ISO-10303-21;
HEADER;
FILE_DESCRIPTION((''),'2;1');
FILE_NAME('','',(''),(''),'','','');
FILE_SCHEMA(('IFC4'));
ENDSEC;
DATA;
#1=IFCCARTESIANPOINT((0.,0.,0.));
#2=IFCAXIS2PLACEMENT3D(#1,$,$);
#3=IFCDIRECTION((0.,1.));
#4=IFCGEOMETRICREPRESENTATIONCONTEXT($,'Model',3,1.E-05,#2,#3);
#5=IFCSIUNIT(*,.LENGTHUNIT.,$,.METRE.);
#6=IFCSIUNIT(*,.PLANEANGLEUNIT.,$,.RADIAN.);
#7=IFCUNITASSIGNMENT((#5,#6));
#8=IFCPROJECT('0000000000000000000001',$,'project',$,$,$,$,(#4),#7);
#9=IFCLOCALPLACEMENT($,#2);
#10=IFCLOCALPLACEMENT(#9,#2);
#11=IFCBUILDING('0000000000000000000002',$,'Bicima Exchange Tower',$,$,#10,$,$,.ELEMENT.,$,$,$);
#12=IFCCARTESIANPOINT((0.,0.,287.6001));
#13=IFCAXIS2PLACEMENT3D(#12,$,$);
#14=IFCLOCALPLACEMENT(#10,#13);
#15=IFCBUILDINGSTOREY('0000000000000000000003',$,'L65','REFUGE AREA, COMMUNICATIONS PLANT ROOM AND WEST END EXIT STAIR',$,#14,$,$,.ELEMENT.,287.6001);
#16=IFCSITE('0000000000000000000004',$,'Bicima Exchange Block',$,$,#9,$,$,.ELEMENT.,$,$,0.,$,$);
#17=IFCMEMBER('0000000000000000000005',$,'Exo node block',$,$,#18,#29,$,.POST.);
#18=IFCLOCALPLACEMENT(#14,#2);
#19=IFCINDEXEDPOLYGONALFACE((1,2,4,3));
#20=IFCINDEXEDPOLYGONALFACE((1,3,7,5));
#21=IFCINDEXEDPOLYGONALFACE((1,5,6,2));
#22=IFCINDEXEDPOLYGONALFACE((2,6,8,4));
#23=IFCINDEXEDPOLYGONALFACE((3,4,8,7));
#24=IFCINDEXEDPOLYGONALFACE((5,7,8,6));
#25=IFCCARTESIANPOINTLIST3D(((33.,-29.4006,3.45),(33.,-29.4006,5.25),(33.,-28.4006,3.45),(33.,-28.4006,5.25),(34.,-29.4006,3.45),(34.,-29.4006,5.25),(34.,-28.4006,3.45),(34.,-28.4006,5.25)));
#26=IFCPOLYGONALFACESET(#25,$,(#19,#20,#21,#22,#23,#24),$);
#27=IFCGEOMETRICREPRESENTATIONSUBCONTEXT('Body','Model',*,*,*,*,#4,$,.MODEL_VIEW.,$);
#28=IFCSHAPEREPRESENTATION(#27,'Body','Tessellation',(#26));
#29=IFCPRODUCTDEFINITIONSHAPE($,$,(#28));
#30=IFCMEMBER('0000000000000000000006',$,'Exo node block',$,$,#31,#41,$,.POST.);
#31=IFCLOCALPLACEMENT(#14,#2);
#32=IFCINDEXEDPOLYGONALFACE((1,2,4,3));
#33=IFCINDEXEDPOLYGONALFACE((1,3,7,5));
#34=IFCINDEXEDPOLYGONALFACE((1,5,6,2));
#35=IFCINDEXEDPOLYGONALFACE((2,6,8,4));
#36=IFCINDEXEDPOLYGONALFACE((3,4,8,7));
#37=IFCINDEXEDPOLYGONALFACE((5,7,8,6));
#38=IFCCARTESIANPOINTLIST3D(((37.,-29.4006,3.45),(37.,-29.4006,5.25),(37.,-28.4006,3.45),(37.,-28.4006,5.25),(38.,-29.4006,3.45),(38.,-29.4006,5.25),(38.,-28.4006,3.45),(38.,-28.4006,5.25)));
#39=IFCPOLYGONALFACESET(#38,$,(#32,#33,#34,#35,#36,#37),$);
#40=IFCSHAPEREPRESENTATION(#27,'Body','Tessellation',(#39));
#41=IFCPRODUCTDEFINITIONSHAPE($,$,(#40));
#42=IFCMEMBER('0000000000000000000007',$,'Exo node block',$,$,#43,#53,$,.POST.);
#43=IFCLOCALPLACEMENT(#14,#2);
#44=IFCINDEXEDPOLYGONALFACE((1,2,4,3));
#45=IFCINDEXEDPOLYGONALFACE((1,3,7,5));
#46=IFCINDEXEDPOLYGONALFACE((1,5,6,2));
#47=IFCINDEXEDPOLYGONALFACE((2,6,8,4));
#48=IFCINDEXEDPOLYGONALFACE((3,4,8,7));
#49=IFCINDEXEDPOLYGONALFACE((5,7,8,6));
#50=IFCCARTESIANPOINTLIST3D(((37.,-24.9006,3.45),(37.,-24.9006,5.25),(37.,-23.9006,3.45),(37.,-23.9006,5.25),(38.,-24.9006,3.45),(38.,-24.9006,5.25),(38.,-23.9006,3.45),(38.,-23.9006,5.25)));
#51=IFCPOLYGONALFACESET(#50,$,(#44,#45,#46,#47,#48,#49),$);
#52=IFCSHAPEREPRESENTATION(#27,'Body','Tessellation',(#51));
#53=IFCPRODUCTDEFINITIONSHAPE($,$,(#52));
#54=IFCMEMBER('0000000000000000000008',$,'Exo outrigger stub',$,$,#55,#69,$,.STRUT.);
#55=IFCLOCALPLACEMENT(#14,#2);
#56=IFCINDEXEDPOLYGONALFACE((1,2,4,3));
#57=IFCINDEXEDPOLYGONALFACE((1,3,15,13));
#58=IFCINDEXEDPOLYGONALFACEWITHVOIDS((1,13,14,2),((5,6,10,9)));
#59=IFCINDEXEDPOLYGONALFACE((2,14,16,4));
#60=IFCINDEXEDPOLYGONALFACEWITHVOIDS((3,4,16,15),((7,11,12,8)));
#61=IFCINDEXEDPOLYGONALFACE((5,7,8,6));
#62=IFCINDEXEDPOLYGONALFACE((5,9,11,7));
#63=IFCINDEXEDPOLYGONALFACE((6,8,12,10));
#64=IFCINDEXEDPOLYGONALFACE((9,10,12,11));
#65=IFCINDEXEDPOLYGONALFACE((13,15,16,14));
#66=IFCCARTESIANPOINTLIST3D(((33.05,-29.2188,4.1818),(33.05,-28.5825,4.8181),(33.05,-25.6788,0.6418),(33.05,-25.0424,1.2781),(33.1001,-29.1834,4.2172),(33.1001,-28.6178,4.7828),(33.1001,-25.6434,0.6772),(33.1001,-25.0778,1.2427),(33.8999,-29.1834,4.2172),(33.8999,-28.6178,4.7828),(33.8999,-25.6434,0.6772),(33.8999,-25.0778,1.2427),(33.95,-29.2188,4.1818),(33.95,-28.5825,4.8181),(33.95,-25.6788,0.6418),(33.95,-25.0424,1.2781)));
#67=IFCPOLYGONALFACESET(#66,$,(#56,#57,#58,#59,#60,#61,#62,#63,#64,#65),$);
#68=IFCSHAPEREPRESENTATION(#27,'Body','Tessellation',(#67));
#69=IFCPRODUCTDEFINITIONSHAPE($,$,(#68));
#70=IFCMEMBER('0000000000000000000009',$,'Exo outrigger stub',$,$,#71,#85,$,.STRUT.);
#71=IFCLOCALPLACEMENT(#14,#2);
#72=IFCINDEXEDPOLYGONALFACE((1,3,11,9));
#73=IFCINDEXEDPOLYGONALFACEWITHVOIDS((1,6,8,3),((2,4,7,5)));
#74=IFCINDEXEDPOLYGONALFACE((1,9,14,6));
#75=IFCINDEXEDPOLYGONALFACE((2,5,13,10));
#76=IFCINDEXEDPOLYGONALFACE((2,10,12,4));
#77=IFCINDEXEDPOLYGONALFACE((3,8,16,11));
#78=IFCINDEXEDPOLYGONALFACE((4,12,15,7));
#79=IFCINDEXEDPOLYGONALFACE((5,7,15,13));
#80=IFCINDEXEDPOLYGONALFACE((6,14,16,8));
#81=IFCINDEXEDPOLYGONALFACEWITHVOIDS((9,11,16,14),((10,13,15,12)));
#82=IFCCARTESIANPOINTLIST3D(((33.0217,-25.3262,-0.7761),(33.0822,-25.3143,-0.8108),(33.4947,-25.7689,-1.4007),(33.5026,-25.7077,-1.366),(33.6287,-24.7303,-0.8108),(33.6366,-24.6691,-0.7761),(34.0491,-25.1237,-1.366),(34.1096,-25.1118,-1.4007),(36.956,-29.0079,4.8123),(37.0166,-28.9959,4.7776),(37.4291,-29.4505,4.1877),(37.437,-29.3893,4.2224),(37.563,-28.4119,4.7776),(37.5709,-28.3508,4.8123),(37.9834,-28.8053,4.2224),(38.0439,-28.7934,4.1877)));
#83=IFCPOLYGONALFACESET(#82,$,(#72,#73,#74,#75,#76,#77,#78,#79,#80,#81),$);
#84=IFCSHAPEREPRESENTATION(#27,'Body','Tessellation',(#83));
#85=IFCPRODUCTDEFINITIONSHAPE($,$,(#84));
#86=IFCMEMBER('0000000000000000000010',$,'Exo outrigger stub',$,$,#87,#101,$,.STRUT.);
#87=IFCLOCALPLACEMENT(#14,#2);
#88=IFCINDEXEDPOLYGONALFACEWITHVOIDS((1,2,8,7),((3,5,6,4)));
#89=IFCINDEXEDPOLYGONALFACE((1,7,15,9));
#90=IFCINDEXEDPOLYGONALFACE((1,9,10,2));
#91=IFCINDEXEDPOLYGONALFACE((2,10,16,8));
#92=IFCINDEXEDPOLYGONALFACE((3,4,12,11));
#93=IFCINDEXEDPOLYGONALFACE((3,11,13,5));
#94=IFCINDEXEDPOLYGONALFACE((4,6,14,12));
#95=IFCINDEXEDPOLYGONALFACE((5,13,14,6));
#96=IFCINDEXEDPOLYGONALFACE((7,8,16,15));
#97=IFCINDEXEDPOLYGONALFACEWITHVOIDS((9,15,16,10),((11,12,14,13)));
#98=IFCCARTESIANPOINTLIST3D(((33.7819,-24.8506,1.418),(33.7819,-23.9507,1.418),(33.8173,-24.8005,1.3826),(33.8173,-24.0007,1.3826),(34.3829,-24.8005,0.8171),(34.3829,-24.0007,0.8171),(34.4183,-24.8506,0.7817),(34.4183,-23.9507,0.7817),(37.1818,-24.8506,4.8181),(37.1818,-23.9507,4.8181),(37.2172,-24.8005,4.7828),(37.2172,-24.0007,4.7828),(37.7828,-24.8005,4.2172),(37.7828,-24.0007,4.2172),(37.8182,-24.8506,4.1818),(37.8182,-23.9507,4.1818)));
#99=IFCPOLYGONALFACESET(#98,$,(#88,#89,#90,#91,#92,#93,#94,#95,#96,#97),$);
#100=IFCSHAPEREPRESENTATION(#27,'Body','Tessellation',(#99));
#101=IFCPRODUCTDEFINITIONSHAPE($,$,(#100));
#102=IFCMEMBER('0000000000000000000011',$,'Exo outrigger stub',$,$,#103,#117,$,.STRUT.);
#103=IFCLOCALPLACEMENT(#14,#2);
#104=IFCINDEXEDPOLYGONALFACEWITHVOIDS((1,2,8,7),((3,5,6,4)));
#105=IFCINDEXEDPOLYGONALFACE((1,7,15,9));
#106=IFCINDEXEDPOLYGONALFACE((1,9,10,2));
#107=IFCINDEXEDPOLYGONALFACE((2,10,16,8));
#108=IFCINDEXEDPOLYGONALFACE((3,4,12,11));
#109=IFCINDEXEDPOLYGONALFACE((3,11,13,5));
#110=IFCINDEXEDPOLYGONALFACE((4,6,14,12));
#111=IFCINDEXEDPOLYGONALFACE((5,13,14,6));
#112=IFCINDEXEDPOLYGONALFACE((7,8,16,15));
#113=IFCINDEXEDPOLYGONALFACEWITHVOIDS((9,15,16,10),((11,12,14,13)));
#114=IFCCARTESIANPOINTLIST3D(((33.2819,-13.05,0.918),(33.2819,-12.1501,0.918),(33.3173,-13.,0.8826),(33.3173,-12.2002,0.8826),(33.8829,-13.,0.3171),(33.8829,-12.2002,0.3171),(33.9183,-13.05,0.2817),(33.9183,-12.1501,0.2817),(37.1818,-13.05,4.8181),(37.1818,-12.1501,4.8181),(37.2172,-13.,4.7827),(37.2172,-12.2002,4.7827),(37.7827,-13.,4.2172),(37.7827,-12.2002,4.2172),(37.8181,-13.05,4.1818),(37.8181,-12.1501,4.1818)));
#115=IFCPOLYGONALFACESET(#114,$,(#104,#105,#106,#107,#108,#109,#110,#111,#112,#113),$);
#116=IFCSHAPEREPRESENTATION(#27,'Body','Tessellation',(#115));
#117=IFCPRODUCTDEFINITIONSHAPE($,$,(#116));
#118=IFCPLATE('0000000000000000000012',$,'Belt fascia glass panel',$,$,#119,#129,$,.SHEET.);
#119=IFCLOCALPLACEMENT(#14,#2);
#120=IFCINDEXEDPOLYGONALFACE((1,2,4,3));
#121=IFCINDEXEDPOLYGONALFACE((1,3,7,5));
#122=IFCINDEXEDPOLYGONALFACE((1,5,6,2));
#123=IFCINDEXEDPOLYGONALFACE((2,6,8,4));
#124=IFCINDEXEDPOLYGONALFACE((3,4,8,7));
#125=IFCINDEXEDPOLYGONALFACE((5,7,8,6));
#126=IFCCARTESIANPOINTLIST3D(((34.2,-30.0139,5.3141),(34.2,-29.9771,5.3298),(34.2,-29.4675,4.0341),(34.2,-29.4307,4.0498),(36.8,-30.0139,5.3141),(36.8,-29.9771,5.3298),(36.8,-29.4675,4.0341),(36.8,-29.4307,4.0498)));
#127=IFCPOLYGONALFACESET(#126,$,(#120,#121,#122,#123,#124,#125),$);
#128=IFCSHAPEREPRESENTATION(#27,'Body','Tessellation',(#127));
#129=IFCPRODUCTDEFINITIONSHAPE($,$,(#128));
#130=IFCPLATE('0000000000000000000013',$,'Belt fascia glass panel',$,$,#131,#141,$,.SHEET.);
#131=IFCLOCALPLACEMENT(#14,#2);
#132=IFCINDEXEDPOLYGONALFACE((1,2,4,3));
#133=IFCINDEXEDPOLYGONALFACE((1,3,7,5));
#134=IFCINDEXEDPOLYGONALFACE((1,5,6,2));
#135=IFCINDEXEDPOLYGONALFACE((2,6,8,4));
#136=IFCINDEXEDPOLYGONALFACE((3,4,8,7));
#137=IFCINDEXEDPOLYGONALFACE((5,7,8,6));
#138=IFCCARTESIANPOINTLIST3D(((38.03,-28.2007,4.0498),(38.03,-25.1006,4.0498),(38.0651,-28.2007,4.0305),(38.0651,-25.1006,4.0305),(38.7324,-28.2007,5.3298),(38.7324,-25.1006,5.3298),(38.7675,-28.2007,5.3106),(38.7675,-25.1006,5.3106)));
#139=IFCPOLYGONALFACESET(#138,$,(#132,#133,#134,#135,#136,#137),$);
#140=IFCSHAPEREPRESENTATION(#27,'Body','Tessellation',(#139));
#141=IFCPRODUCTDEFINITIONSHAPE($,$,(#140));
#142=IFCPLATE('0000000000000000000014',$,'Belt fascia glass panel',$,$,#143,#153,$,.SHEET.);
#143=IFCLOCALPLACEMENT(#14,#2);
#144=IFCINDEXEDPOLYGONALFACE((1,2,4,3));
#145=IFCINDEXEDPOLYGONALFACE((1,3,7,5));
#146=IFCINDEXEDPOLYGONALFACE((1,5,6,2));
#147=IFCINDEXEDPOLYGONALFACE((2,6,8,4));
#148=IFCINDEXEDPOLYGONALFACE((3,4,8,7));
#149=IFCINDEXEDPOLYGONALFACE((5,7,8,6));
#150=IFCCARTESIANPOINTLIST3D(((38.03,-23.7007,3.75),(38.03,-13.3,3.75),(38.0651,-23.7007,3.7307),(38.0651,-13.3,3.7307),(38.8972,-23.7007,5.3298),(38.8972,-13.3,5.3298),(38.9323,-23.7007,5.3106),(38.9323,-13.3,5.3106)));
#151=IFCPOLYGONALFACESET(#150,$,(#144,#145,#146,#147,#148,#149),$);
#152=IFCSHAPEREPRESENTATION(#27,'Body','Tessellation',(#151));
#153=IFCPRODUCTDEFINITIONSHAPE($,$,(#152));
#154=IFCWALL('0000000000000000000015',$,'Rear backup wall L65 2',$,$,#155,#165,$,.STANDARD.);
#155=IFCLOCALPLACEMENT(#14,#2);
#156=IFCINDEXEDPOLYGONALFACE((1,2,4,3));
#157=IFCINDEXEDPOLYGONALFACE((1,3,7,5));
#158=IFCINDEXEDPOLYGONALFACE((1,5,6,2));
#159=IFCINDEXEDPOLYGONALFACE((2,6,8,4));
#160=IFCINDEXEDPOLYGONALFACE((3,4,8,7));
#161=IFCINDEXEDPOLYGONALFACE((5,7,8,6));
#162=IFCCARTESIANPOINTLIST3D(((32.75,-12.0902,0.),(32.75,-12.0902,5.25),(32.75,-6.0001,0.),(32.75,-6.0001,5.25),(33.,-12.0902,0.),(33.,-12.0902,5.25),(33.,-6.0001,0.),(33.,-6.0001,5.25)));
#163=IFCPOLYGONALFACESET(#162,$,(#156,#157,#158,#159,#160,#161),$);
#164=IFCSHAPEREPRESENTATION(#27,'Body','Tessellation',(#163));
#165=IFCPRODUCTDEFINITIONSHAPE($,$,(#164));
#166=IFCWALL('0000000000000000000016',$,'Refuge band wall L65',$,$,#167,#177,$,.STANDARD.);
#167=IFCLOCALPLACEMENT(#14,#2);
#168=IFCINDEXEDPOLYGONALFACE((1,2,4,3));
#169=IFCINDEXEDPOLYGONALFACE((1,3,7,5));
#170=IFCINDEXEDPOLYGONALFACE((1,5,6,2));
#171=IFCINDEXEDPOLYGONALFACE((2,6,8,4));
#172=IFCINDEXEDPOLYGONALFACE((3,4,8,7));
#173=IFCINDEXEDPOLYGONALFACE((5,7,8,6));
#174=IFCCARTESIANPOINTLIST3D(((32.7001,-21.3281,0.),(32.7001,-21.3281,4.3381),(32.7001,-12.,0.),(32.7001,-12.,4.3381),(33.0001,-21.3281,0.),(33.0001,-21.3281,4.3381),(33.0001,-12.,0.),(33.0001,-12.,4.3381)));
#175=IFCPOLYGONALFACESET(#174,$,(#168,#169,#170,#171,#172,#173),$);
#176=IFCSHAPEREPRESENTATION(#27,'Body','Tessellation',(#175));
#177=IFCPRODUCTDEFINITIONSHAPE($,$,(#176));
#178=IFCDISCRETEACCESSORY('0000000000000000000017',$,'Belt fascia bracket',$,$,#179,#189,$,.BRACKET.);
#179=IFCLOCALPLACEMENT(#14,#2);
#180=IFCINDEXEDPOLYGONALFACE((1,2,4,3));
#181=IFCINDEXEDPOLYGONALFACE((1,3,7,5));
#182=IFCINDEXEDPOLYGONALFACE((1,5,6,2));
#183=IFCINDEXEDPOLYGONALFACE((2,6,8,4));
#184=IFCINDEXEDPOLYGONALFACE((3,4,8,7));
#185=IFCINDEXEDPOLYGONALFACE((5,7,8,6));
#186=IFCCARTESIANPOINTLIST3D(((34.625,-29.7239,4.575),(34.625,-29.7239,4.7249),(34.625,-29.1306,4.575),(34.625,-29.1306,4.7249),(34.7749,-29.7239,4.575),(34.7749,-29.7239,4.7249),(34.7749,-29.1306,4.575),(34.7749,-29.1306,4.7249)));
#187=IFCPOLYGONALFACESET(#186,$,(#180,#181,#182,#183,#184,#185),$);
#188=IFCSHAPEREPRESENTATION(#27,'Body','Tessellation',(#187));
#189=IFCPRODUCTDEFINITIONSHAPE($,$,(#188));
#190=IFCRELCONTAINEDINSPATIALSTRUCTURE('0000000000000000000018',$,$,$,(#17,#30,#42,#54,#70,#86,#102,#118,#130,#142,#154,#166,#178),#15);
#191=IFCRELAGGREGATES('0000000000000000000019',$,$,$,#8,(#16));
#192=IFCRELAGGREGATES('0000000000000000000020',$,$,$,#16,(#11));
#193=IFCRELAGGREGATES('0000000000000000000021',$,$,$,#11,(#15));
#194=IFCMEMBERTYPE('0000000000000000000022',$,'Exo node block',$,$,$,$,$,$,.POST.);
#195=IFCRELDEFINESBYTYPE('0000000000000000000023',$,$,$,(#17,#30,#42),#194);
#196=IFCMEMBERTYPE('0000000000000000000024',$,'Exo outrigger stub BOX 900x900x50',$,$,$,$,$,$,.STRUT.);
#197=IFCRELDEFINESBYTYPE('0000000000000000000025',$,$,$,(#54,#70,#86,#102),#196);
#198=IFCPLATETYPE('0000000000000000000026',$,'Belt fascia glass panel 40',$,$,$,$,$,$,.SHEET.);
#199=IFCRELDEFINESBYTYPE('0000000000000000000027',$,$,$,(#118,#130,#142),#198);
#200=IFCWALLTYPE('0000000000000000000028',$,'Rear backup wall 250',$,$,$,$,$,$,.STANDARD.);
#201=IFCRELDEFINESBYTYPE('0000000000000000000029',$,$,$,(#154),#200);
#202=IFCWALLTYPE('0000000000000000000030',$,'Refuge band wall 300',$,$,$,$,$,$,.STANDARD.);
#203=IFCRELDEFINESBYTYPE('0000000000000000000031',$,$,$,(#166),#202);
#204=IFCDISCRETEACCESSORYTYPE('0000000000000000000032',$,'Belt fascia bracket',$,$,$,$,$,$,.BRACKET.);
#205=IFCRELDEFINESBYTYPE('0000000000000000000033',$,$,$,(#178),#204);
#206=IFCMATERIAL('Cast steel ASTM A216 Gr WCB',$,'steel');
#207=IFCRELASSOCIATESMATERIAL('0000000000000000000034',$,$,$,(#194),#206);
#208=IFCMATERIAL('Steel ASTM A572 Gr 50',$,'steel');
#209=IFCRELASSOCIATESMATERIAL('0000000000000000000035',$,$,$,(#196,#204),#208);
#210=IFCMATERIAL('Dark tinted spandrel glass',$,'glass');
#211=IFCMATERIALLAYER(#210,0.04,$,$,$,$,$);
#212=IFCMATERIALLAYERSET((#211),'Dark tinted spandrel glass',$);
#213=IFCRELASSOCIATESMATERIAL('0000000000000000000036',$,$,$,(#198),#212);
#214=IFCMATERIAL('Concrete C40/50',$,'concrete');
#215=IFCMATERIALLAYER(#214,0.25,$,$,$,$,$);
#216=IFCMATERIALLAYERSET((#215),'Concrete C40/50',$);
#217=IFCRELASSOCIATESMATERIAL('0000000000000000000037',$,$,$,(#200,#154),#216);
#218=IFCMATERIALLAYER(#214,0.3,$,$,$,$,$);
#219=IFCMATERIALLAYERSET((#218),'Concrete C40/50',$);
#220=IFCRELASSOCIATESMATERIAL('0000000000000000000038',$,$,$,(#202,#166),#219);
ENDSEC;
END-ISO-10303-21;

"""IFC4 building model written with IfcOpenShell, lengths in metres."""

from ifc_helpers import new_model, si_unit, direction, frame, frame_2d, origin, origin_2d, place, context, subcontext, project, spatial, polyline, rectangle, hollow_rectangle, outline, extrude, material, layer, layer_set, layer_usage, material_profile, profile_set, type_object, element, save


model = new_model("IFC4")

# Units and contexts
model_context = context("Model", 3, precision=1e-05, world=origin(), true_north=direction((0.0, 1.0)))
body_context = subcontext(model_context, "Body", "Model", "MODEL_VIEW")
ifc_project = project(units=[si_unit("LENGTHUNIT", "METRE"), si_unit("PLANEANGLEUNIT", "RADIAN")], contexts=[model_context])

# Site, building, storey
site_placement = place(None, origin())
site = spatial("IfcSite", under=ifc_project, at=site_placement, Name="Bicima Exchange Block", CompositionType="ELEMENT", RefElevation=0.0)
building_placement = place(site_placement, origin())
building = spatial("IfcBuilding", under=site, at=building_placement, Name="Bicima Exchange Tower", CompositionType="ELEMENT")
storey_placement = place(building_placement, frame((0.0, 0.0, 287.6001)))
storey = spatial("IfcBuildingStorey", under=building, at=storey_placement, Name="L65", Description="REFUGE AREA, COMMUNICATIONS PLANT ROOM AND WEST END EXIT STAIR", CompositionType="ELEMENT", Elevation=287.6001)

# Shared definitions
ifc_material_1 = material(Name="Steel ASTM A572 Gr 50", Category="steel")

# Members
ifc_material_profile_1 = material_profile(ifc_material_1, hollow_rectangle(XDim=0.8999, YDim=0.8999, WallThickness=0.05, at=origin_2d()))
ifc_profile_set_1 = profile_set([ifc_material_profile_1], Name="Steel ASTM A572 Gr 50")
ifc_material_2 = material(Name="Cast steel ASTM A216 Gr WCB", Category="steel")
ifc_material_profile_2 = material_profile(ifc_material_2, rectangle(XDim=1.0, YDim=1.0, at=origin_2d()))
ifc_profile_set_2 = profile_set([ifc_material_profile_2], Name="Cast steel ASTM A216 Gr WCB")
member_type_1 = type_object("IfcMemberType", Name="Exo node block", PredefinedType="POST", material=ifc_profile_set_2)
for number, where, z_axis, x_axis, name in (
    (1, (33.5, -28.9006, 3.45), (0.0, 0.0, 1.0), (1.0, 0.0, 0.0), "Exo node block"),
    (2, (37.5, -28.9006, 3.45), (0.0, 0.0, 1.0), (1.0, 0.0, 0.0), "Exo node block"),
    (3, (37.5, -24.4006, 3.45), (0.0, 0.0, 1.0), (1.0, 0.0, 0.0), "Exo node block"),
):
    element("IfcMember", number, at=place(storey_placement, frame(where, z_axis=z_axis, x_axis=x_axis)), inside=storey, type_object=member_type_1, Name=name, PredefinedType="POST", context=body_context, shape_type="SweptSolid", body=[
        extrude(rectangle(XDim=1.0, YDim=1.0, at=origin_2d()), origin(), (0.0, 0.0, 1.0), 1.8),
    ])
member_type_2 = type_object("IfcMemberType", Name="Exo outrigger stub BOX 900x900x50", PredefinedType="STRUT", material=ifc_profile_set_1)
member_1_placement = place(storey_placement, frame((33.5, -25.3606, 0.96), z_axis=(0.0, -0.707107, 0.707107), x_axis=(1.0, 0.0, 0.0)))
element("IfcMember", 4, at=member_1_placement, inside=storey, type_object=member_type_2, Name="Exo outrigger stub", PredefinedType="STRUT", context=body_context, shape_type="SweptSolid", body=[
    extrude(hollow_rectangle(XDim=0.8999, YDim=0.8999, WallThickness=0.05, at=origin_2d()), origin(), (0.0, 0.0, 1.0), 5.0063),
])
member_2_placement = place(storey_placement, frame((33.5657, -25.219, -1.0884), z_axis=(0.506808, -0.474258, 0.719878), x_axis=(0.68327, 0.730166, 0.0)))
element("IfcMember", 5, at=member_2_placement, inside=storey, type_object=member_type_2, Name="Exo outrigger stub", PredefinedType="STRUT", context=body_context, shape_type="SweptSolid", body=[
    extrude(hollow_rectangle(XDim=0.8999, YDim=0.8999, WallThickness=0.05, at=origin_2d()), origin(), (0.0, 0.0, 1.0), 7.7629),
])
member_3_placement = place(storey_placement, frame((34.1001, -24.4006, 1.0999), z_axis=(0.707081, 0.0, 0.707132), x_axis=(0.0, 1.0, 0.0)))
element("IfcMember", 6, at=member_3_placement, inside=storey, type_object=member_type_2, Name="Exo outrigger stub", PredefinedType="STRUT", context=body_context, shape_type="SweptSolid", body=[
    extrude(hollow_rectangle(XDim=0.8999, YDim=0.8999, WallThickness=0.05, at=origin_2d()), origin(), (0.0, 0.0, 1.0), 4.8083),
])
member_4_placement = place(storey_placement, frame((33.6001, -12.6001, 0.5999), z_axis=(0.707085, 0.0, 0.707129), x_axis=(0.0, 1.0, 0.0)))
element("IfcMember", 7, at=member_4_placement, inside=storey, type_object=member_type_2, Name="Exo outrigger stub", PredefinedType="STRUT", context=body_context, shape_type="SweptSolid", body=[
    extrude(hollow_rectangle(XDim=0.8999, YDim=0.8999, WallThickness=0.05, at=origin_2d()), origin(), (0.0, 0.0, 1.0), 5.5154),
])

# Plates
ifc_material_3 = material(Name="Dark tinted spandrel glass", Category="glass")
ifc_layer_1 = layer(ifc_material_3, 0.04)
ifc_layer_set_1 = layer_set([ifc_layer_1], Name="Dark tinted spandrel glass")
plate_type = type_object("IfcPlateType", Name="Belt fascia glass panel 40", PredefinedType="SHEET", material=ifc_layer_set_1)
plate_1_placement = place(storey_placement, frame((34.2, -29.4307, 4.0498), z_axis=(0.0, 0.919716, 0.392585), x_axis=(1.0, 0.0, 0.0)))
element("IfcPlate", 8, at=plate_1_placement, inside=storey, type_object=plate_type, Name="Belt fascia glass panel", PredefinedType="SHEET", context=body_context, shape_type="SweptSolid", body=[
    extrude(outline(polyline([(0.0, 0.0), (2.6001, 0.0), (2.6001, -1.3918), (0.0, -1.3918), (0.0, 0.0)])), origin(), (0.0, 0.0, -1.0), 0.04),
])
plate_2_placement = place(storey_placement, frame((38.03, -28.2007, 4.0498), z_axis=(-0.876685, 0.0, 0.481065), x_axis=(0.0, 1.0, 0.0)))
element("IfcPlate", 9, at=plate_2_placement, inside=storey, type_object=plate_type, Name="Belt fascia glass panel", PredefinedType="SHEET", context=body_context, shape_type="SweptSolid", body=[
    extrude(outline(polyline([(0.0, 0.0), (3.1001, 0.0), (3.1001, -1.4601), (0.0, -1.4601), (0.0, 0.0)])), origin(), (0.0, 0.0, -1.0), 0.04),
])
plate_3_placement = place(storey_placement, frame((38.03, -23.7007, 3.75), z_axis=(-0.876619, 0.0, 0.481185), x_axis=(0.0, 1.0, 0.0)))
element("IfcPlate", 10, at=plate_3_placement, inside=storey, type_object=plate_type, Name="Belt fascia glass panel", PredefinedType="SHEET", context=body_context, shape_type="SweptSolid", body=[
    extrude(outline(polyline([(0.0, 0.0), (10.4006, 0.0), (10.4006, -1.8022), (0.0, -1.8022), (0.0, 0.0)])), origin(), (0.0, 0.0, -1.0), 0.04),
])

# Walls
ifc_material_4 = material(Name="Concrete C40/50", Category="concrete")
ifc_layer_2 = layer(ifc_material_4, 0.25)
ifc_layer_set_2 = layer_set([ifc_layer_2], Name="Concrete C40/50")
ifc_layer_usage_1 = layer_usage(ifc_layer_set_2, "AXIS2", "POSITIVE", -0.125)
wall_type_1 = type_object("IfcWallType", Name="Rear backup wall 250", PredefinedType="STANDARD", material=ifc_layer_set_2)
wall_1_placement = place(storey_placement, frame((32.875, -12.0901, 0.0), z_axis=(0.0, 0.0, 1.0), x_axis=(0.0, 1.0, 0.0)))
element("IfcWall", 11, at=wall_1_placement, inside=storey, type_object=wall_type_1, material=ifc_layer_usage_1, Name="Rear backup wall L65 2", PredefinedType="STANDARD", context=body_context, shape_type="SweptSolid", body=[
    extrude(rectangle(XDim=6.0901, YDim=0.25, at=frame_2d((3.0449, 0.0))), origin(), (0.0, 0.0, 1.0), 5.25),
])
ifc_layer_3 = layer(ifc_material_4, 0.3)
ifc_layer_set_3 = layer_set([ifc_layer_3], Name="Concrete C40/50")
ifc_layer_usage_2 = layer_usage(ifc_layer_set_3, "AXIS2", "POSITIVE", -0.15)
wall_type_2 = type_object("IfcWallType", Name="Refuge band wall 300", PredefinedType="STANDARD", material=ifc_layer_set_3)
wall_2_placement = place(storey_placement, frame((32.8501, -21.3281, 0.0), z_axis=(0.0, 0.0, 1.0), x_axis=(0.0, 1.0, 0.0)))
element("IfcWall", 12, at=wall_2_placement, inside=storey, type_object=wall_type_2, material=ifc_layer_usage_2, Name="Refuge band wall L65", PredefinedType="STANDARD", context=body_context, shape_type="SweptSolid", body=[
    extrude(rectangle(XDim=9.3281, YDim=0.3, at=frame_2d((4.6641, 0.0))), origin(), (0.0, 0.0, 1.0), 4.3381),
])

# Discrete accessory
discrete_accessory_type = type_object("IfcDiscreteAccessoryType", Name="Belt fascia bracket", PredefinedType="BRACKET", material=ifc_material_1)
for number, where, z_axis, x_axis, name in (
    (13, (34.7, -29.4272, 4.575), (0.0, 0.0, 1.0), (1.0, 0.0, 0.0), "Belt fascia bracket"),
):
    element("IfcDiscreteAccessory", number, at=place(storey_placement, frame(where, z_axis=z_axis, x_axis=x_axis)), inside=storey, type_object=discrete_accessory_type, Name=name, PredefinedType="BRACKET", context=body_context, shape_type="SweptSolid", body=[
        extrude(rectangle(XDim=0.1499, YDim=0.5933, at=origin_2d()), origin(), (0.0, 0.0, 1.0), 0.1499),
    ])

save(model, "model.ifc")
